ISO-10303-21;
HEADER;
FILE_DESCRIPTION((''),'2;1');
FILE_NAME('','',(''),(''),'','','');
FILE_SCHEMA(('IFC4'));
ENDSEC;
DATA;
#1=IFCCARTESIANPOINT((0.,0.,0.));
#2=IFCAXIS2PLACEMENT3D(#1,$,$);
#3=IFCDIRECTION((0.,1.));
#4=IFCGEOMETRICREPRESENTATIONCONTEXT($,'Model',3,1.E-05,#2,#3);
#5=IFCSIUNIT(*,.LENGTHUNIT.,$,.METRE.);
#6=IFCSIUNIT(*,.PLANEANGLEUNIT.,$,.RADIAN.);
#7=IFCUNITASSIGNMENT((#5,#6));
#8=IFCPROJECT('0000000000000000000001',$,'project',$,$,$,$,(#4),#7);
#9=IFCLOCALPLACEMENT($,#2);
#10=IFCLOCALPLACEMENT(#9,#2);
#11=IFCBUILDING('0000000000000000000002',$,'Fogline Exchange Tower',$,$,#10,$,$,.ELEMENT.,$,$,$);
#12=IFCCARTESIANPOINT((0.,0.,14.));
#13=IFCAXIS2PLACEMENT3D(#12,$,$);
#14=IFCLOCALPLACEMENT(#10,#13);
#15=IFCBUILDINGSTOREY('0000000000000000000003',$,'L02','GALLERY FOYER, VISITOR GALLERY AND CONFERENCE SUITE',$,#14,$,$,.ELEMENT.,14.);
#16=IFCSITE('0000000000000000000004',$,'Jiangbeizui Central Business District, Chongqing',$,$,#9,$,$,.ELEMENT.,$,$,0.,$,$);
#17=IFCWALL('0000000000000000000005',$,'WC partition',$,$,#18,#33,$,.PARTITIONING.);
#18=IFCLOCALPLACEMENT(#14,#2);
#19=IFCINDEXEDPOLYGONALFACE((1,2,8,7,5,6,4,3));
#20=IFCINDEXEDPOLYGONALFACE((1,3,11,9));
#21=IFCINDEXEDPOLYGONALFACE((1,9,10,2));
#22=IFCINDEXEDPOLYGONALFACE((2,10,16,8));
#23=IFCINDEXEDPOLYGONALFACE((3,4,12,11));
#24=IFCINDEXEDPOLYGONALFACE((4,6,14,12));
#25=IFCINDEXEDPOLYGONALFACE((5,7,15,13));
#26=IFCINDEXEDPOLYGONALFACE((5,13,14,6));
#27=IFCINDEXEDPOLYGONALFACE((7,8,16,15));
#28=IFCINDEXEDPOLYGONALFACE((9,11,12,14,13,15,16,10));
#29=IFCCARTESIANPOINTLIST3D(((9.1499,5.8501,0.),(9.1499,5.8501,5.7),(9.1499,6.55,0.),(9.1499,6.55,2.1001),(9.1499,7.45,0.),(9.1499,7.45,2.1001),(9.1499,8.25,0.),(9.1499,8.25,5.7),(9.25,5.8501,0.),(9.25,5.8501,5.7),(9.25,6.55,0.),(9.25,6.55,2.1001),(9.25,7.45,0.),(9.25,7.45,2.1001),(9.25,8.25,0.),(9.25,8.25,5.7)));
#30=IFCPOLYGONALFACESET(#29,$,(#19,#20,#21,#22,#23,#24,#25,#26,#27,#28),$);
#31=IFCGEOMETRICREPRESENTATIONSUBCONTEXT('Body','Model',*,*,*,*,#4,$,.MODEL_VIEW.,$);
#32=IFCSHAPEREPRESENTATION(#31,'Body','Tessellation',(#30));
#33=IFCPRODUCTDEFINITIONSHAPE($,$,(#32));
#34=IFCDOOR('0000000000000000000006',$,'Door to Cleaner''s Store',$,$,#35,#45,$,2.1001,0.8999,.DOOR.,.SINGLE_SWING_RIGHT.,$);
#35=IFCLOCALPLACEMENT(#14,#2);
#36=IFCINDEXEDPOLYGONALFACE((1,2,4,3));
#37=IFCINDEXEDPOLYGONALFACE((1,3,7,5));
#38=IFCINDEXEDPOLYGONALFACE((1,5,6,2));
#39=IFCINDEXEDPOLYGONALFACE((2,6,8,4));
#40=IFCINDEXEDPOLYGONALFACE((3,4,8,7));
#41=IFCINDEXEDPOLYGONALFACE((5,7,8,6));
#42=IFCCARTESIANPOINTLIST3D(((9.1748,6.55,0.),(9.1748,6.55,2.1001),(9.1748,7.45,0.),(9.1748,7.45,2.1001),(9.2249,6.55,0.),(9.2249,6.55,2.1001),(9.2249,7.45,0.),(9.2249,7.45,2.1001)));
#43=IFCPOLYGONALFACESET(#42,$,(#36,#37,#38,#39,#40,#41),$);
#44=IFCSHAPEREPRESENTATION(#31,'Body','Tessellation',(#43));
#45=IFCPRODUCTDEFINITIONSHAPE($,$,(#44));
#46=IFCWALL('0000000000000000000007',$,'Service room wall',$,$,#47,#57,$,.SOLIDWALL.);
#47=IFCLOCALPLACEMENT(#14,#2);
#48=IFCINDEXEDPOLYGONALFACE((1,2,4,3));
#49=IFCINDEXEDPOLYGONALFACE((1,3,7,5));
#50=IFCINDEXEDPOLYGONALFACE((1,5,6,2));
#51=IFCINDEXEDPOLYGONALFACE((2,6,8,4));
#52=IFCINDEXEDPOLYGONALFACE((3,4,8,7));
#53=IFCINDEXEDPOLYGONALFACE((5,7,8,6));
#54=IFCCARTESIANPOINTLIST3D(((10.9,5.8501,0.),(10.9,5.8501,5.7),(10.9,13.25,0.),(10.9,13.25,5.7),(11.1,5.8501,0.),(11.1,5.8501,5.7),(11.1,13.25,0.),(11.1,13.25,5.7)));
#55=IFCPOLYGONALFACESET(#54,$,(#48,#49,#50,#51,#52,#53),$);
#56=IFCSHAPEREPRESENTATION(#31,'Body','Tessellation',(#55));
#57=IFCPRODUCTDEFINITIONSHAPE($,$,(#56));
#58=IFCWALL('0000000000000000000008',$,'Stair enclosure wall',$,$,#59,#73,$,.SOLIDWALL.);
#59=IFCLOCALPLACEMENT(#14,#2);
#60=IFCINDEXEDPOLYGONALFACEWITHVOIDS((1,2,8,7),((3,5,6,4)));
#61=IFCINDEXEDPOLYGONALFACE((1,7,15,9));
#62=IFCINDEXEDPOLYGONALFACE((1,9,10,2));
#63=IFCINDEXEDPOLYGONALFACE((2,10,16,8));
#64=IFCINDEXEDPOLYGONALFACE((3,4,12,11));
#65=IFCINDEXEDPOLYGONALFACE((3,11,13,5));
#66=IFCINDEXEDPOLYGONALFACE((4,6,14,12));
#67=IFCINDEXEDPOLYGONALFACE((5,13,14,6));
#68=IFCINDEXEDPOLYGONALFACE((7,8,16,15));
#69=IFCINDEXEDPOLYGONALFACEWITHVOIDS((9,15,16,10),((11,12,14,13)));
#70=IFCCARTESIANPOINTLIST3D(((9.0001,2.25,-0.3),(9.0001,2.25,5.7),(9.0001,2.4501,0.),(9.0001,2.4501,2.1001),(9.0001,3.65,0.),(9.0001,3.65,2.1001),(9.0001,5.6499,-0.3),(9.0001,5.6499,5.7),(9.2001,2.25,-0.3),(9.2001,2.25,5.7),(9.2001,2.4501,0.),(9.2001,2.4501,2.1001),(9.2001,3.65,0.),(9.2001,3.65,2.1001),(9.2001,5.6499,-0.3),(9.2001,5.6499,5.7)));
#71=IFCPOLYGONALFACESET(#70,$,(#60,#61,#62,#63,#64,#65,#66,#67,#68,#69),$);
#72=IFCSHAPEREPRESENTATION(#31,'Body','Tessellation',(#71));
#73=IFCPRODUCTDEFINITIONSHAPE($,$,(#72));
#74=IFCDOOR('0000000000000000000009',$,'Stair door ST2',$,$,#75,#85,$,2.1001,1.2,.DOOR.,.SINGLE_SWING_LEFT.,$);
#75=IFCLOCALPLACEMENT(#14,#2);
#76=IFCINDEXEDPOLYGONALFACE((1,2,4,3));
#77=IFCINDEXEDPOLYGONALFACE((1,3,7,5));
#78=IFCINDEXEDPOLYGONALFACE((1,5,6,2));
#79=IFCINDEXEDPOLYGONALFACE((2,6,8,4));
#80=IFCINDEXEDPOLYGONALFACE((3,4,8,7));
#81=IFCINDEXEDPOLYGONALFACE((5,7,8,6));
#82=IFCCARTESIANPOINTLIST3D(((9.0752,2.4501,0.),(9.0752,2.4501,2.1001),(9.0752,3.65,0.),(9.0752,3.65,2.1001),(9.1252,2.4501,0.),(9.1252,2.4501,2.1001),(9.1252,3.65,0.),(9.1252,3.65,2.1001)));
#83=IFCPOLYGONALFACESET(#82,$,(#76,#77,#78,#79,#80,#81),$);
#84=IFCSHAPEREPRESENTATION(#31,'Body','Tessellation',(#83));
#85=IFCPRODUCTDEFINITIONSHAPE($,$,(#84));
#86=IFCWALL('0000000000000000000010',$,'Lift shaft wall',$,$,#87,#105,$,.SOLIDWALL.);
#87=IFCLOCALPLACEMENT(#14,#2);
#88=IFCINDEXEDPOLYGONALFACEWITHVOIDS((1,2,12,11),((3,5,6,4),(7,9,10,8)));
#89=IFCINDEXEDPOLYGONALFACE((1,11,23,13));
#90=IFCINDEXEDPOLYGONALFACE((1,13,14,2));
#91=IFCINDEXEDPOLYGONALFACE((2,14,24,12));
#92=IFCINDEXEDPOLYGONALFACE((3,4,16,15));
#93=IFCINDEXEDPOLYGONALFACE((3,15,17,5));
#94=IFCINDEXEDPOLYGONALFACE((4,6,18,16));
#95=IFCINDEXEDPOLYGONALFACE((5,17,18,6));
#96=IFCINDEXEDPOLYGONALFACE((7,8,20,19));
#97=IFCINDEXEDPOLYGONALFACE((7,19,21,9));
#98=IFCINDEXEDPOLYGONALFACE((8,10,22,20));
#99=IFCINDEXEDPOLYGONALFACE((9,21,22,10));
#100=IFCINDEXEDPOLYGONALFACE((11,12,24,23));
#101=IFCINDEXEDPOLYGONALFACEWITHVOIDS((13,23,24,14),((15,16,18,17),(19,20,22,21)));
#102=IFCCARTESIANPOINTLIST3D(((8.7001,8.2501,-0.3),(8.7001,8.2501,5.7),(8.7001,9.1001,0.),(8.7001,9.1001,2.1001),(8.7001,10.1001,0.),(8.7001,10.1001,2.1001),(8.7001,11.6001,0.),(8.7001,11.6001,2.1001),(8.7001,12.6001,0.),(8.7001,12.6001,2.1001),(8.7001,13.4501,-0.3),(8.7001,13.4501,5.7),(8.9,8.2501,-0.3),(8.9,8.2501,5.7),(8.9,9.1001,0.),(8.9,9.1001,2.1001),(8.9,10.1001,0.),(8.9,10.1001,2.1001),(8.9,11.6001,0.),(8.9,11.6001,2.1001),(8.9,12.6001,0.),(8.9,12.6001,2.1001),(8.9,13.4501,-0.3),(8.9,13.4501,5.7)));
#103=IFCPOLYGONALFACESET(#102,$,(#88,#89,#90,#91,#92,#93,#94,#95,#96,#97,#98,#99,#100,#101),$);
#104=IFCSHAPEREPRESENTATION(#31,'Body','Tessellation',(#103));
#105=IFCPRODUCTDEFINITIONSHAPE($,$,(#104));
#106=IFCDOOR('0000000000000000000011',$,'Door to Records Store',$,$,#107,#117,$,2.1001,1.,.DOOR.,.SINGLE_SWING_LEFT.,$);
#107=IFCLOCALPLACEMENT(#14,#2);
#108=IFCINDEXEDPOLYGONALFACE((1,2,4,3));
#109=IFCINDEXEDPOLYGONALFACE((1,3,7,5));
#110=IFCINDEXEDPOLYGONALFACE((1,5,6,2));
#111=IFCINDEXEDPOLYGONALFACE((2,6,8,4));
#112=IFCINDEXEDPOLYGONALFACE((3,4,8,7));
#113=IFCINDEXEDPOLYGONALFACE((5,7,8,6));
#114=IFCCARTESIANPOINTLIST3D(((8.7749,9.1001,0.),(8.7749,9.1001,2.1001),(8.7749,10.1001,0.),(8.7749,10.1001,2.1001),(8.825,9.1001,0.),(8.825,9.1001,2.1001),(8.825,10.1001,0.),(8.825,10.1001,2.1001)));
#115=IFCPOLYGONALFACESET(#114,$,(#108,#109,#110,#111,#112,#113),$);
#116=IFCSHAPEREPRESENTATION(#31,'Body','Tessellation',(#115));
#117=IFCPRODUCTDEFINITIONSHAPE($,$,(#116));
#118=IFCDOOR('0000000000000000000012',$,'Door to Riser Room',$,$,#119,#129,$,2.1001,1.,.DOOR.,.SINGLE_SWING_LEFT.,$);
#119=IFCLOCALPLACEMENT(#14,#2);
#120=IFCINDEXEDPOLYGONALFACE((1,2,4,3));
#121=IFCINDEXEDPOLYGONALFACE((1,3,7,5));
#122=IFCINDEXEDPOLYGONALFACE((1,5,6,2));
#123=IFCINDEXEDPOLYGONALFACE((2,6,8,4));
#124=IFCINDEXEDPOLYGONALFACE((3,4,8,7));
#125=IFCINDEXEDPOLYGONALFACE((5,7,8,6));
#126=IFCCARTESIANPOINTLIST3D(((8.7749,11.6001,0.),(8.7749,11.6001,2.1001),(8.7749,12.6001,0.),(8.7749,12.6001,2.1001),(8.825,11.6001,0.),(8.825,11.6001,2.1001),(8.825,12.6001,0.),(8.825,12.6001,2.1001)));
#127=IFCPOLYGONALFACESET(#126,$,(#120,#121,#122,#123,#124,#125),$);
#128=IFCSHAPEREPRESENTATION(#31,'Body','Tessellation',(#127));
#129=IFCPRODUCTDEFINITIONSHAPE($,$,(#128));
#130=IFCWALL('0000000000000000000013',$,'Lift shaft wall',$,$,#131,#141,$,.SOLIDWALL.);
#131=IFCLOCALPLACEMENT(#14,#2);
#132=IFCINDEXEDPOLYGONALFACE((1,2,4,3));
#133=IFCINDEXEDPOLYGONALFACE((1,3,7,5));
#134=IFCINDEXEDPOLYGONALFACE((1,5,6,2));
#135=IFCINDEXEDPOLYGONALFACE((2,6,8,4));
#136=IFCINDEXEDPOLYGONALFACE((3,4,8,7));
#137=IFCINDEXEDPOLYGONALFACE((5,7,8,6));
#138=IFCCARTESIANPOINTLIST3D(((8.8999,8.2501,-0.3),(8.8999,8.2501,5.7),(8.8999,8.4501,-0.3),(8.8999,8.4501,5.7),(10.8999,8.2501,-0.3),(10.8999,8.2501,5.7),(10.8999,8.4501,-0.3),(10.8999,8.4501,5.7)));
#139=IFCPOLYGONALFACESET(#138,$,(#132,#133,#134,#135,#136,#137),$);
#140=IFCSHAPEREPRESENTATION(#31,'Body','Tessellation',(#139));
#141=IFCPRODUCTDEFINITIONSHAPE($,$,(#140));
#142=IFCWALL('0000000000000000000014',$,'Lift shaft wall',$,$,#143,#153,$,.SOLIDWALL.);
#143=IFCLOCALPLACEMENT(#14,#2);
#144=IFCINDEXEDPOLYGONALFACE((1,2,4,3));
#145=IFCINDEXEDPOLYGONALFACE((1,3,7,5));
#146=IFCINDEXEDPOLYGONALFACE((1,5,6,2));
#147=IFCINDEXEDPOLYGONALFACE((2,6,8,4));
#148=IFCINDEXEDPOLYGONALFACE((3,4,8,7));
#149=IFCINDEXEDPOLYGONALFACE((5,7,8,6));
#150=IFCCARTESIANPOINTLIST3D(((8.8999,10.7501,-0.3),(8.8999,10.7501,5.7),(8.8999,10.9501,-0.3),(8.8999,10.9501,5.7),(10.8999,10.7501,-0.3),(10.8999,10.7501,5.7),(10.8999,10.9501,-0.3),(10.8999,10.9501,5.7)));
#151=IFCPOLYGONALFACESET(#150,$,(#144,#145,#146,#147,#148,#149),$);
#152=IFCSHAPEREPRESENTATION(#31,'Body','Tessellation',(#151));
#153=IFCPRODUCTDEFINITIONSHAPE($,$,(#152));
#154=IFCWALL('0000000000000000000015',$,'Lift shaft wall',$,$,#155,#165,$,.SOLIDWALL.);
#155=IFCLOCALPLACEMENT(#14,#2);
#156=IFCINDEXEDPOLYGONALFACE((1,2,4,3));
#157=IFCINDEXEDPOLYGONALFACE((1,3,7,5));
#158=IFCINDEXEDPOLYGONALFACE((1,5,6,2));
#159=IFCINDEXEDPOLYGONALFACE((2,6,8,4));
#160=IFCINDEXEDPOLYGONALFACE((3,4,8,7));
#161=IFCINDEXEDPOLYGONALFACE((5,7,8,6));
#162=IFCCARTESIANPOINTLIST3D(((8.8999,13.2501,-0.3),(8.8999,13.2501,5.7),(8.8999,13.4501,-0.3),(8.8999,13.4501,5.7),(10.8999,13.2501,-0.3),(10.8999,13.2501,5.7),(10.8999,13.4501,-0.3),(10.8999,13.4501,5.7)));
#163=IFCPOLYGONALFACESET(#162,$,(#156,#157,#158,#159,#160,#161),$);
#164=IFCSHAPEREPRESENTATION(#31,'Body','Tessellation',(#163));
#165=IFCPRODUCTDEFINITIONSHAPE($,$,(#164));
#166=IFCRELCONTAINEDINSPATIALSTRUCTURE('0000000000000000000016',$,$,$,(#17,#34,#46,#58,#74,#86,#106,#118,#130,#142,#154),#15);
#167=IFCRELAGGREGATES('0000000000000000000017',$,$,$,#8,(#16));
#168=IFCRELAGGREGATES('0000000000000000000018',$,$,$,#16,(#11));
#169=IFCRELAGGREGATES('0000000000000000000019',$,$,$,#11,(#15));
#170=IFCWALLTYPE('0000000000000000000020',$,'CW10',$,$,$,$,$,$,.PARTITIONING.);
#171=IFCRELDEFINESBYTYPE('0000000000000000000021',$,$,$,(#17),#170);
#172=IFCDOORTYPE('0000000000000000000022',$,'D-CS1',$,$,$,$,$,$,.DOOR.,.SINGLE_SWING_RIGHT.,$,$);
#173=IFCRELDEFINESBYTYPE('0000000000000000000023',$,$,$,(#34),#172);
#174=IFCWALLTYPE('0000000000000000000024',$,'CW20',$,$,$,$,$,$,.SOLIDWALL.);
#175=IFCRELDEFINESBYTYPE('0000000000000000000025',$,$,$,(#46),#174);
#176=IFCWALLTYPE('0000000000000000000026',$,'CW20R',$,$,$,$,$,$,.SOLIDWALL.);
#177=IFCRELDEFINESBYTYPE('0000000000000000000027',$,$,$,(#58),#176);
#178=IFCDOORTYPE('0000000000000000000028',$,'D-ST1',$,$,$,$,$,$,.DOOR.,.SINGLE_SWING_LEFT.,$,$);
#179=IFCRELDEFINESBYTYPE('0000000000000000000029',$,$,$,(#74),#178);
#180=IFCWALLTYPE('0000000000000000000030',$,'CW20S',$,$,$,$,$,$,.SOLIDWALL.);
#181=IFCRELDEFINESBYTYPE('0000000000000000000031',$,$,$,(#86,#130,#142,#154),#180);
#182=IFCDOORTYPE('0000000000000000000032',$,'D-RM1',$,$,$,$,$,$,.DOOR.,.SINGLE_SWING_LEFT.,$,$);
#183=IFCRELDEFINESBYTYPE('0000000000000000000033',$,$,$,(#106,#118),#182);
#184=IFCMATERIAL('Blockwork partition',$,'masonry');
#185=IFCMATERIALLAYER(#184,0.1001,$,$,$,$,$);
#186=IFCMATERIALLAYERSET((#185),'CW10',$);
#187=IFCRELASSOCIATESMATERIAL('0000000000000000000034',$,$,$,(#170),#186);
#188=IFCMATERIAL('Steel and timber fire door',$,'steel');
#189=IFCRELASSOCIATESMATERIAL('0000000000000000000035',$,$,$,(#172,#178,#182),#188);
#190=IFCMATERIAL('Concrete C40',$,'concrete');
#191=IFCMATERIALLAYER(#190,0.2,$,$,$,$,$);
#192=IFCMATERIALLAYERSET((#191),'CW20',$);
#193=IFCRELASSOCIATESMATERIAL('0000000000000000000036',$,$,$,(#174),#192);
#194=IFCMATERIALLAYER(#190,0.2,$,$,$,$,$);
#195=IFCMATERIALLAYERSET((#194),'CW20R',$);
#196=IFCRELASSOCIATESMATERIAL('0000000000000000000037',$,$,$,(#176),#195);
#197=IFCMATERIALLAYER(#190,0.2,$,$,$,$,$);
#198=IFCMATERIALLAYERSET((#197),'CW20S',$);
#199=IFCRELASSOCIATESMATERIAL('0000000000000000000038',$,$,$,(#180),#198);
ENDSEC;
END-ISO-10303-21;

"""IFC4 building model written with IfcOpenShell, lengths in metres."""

from ifc_helpers import new_model, si_unit, direction, frame, frame_2d, origin, place, context, subcontext, project, spatial, rectangle, extrude, material, layer, layer_set, type_object, element, fill, save


model = new_model("IFC4")

# Units and contexts
model_context = context("Model", 3, precision=1e-05, world=origin(), true_north=direction((0.0, 1.0)))
body_context = subcontext(model_context, "Body", "Model", "MODEL_VIEW")
ifc_project = project(units=[si_unit("LENGTHUNIT", "METRE"), si_unit("PLANEANGLEUNIT", "RADIAN")], contexts=[model_context])

# Site, building, storey
site_placement = place(None, origin())
site = spatial("IfcSite", under=ifc_project, at=site_placement, Name="Jiangbeizui Central Business District, Chongqing", CompositionType="ELEMENT", RefElevation=0.0)
building_placement = place(site_placement, origin())
building = spatial("IfcBuilding", under=site, at=building_placement, Name="Fogline Exchange Tower", CompositionType="ELEMENT")
storey_placement = place(building_placement, frame((0.0, 0.0, 14.0)))
storey = spatial("IfcBuildingStorey", under=building, at=storey_placement, Name="L02", Description="GALLERY FOYER, VISITOR GALLERY AND CONFERENCE SUITE", CompositionType="ELEMENT", Elevation=14.0)

# Wall, opening, door
ifc_material_1 = material(Name="Blockwork partition", Category="masonry")
ifc_layer_1 = layer(ifc_material_1, 0.1001)
ifc_layer_set_1 = layer_set([ifc_layer_1], Name="CW10")
wall_type_1 = type_object("IfcWallType", Name="CW10", PredefinedType="PARTITIONING", material=ifc_layer_set_1)
wall_1_placement = place(storey_placement, frame((9.2, 5.8501, 0.0), z_axis=(0.0, 0.0, 1.0), x_axis=(0.0, 1.0, 0.0)))
wall_1 = element("IfcWall", 1, at=wall_1_placement, inside=storey, type_object=wall_type_1, Name="WC partition", PredefinedType="PARTITIONING", context=body_context, shape_type="SweptSolid", body=[
    extrude(rectangle(XDim=2.3999, YDim=0.1001, at=frame_2d((1.2, 0.0))), origin(), (0.0, 0.0, 1.0), 5.7),
])
opening_1_placement = place(wall_1_placement, frame((0.7, 0.0, 0.0)))
opening_1 = element("IfcOpeningElement", 2, at=opening_1_placement, cuts=wall_1, PredefinedType="OPENING", context=body_context, shape_type="SweptSolid", body=[
    extrude(rectangle(XDim=0.8999, YDim=2.1001, at=frame_2d((0.45, 1.05))), frame((0.0, 0.0601, 0.0), z_axis=(0.0, -1.0, 0.0), x_axis=(1.0, 0.0, 0.0)), (0.0, 0.0, 1.0), 0.1201),
])
ifc_material_2 = material(Name="Steel and timber fire door", Category="steel")
door_type_1 = type_object("IfcDoorType", Name="D-CS1", OperationType="SINGLE_SWING_RIGHT", PredefinedType="DOOR", material=ifc_material_2)
door_1_placement = place(opening_1_placement, frame((0.8999, 0.0, 0.0), z_axis=(0.0, 0.0, 1.0), x_axis=(-1.0, 0.0, 0.0)))
door_1 = element("IfcDoor", 3, at=door_1_placement, inside=storey, type_object=door_type_1, Name="Door to Cleaner's Store", OperationType="SINGLE_SWING_RIGHT", OverallHeight=2.1001, OverallWidth=0.8999, PredefinedType="DOOR", context=body_context, shape_type="SweptSolid", body=[
    extrude(rectangle(XDim=0.8999, YDim=2.1001, at=frame_2d((0.45, 1.05))), frame((0.0, 0.0249, 0.0), z_axis=(0.0, -1.0, 0.0), x_axis=(1.0, 0.0, 0.0)), (0.0, 0.0, 1.0), 0.05),
])
fill(opening_1, door_1)

# Wall
ifc_material_3 = material(Name="Concrete C40", Category="concrete")
ifc_layer_2 = layer(ifc_material_3, 0.2)
ifc_layer_set_2 = layer_set([ifc_layer_2], Name="CW20")
wall_type_2 = type_object("IfcWallType", Name="CW20", PredefinedType="SOLIDWALL", material=ifc_layer_set_2)
wall_2_placement = place(storey_placement, frame((11.0, 5.8501, 0.0), z_axis=(0.0, 0.0, 1.0), x_axis=(0.0, 1.0, 0.0)))
element("IfcWall", 4, at=wall_2_placement, inside=storey, type_object=wall_type_2, Name="Service room wall", PredefinedType="SOLIDWALL", context=body_context, shape_type="SweptSolid", body=[
    extrude(rectangle(XDim=7.3999, YDim=0.2, at=frame_2d((3.7, 0.0))), origin(), (0.0, 0.0, 1.0), 5.7),
])

# Wall, opening, door
ifc_layer_3 = layer(ifc_material_3, 0.2)
ifc_layer_set_3 = layer_set([ifc_layer_3], Name="CW20R")
wall_type_3 = type_object("IfcWallType", Name="CW20R", PredefinedType="SOLIDWALL", material=ifc_layer_set_3)
wall_3_placement = place(storey_placement, frame((9.1001, 2.25, -0.3), z_axis=(0.0, 0.0, 1.0), x_axis=(0.0, 1.0, 0.0)))
wall_3 = element("IfcWall", 5, at=wall_3_placement, inside=storey, type_object=wall_type_3, Name="Stair enclosure wall", PredefinedType="SOLIDWALL", context=body_context, shape_type="SweptSolid", body=[
    extrude(rectangle(XDim=3.3999, YDim=0.2, at=frame_2d((1.7, 0.0))), origin(), (0.0, 0.0, 1.0), 6.0),
])
opening_2_placement = place(wall_3_placement, frame((0.2, 0.0, 0.3)))
opening_2 = element("IfcOpeningElement", 6, at=opening_2_placement, cuts=wall_3, PredefinedType="OPENING", context=body_context, shape_type="SweptSolid", body=[
    extrude(rectangle(XDim=1.2, YDim=2.1001, at=frame_2d((0.6001, 1.05))), frame((0.0, 0.1099, 0.0), z_axis=(0.0, -1.0, 0.0), x_axis=(1.0, 0.0, 0.0)), (0.0, 0.0, 1.0), 0.22),
])
door_type_2 = type_object("IfcDoorType", Name="D-ST1", OperationType="SINGLE_SWING_LEFT", PredefinedType="DOOR", material=ifc_material_2)
door_2_placement = place(opening_2_placement, origin())
door_2 = element("IfcDoor", 7, at=door_2_placement, inside=storey, type_object=door_type_2, Name="Stair door ST2", OperationType="SINGLE_SWING_LEFT", OverallHeight=2.1001, OverallWidth=1.2, PredefinedType="DOOR", context=body_context, shape_type="SweptSolid", body=[
    extrude(rectangle(XDim=1.2, YDim=2.1001, at=frame_2d((0.6001, 1.05))), frame((0.0, 0.0249, 0.0), z_axis=(0.0, -1.0, 0.0), x_axis=(1.0, 0.0, 0.0)), (0.0, 0.0, 1.0), 0.05),
])
fill(opening_2, door_2)

# Wall, openings, doors
ifc_layer_4 = layer(ifc_material_3, 0.2)
ifc_layer_set_4 = layer_set([ifc_layer_4], Name="CW20S")
wall_type_4 = type_object("IfcWallType", Name="CW20S", PredefinedType="SOLIDWALL", material=ifc_layer_set_4)
wall_4_placement = place(storey_placement, frame((8.8, 8.25, -0.3), z_axis=(0.0, 0.0, 1.0), x_axis=(0.0, 1.0, 0.0)))
wall_4 = element("IfcWall", 8, at=wall_4_placement, inside=storey, type_object=wall_type_4, Name="Lift shaft wall", PredefinedType="SOLIDWALL", context=body_context, shape_type="SweptSolid", body=[
    extrude(rectangle(XDim=5.2, YDim=0.2, at=frame_2d((2.6001, 0.0))), origin(), (0.0, 0.0, 1.0), 6.0),
])
opening_3_placement = place(wall_4_placement, frame((0.8501, 0.0, 0.3)))
opening_3 = element("IfcOpeningElement", 9, at=opening_3_placement, cuts=wall_4, PredefinedType="OPENING", context=body_context, shape_type="SweptSolid", body=[
    extrude(rectangle(XDim=1.0, YDim=2.1001, at=frame_2d((0.5, 1.05))), frame((0.0, 0.1099, 0.0), z_axis=(0.0, -1.0, 0.0), x_axis=(1.0, 0.0, 0.0)), (0.0, 0.0, 1.0), 0.22),
])
opening_4_placement = place(wall_4_placement, frame((3.3501, 0.0, 0.3)))
opening_4 = element("IfcOpeningElement", 10, at=opening_4_placement, cuts=wall_4, PredefinedType="OPENING", context=body_context, shape_type="SweptSolid", body=[
    extrude(rectangle(XDim=1.0, YDim=2.1001, at=frame_2d((0.5, 1.05))), frame((0.0, 0.1099, 0.0), z_axis=(0.0, -1.0, 0.0), x_axis=(1.0, 0.0, 0.0)), (0.0, 0.0, 1.0), 0.22),
])
door_type_3 = type_object("IfcDoorType", Name="D-RM1", OperationType="SINGLE_SWING_LEFT", PredefinedType="DOOR", material=ifc_material_2)
door_3_placement = place(opening_3_placement, frame((1.0, 0.0, 0.0), z_axis=(0.0, 0.0, 1.0), x_axis=(-1.0, 0.0, 0.0)))
door_3 = element("IfcDoor", 11, at=door_3_placement, inside=storey, type_object=door_type_3, Name="Door to Records Store", OperationType="SINGLE_SWING_LEFT", OverallHeight=2.1001, OverallWidth=1.0, PredefinedType="DOOR", context=body_context, shape_type="SweptSolid", body=[
    extrude(rectangle(XDim=1.0, YDim=2.1001, at=frame_2d((0.5, 1.05))), frame((0.0, 0.0249, 0.0), z_axis=(0.0, -1.0, 0.0), x_axis=(1.0, 0.0, 0.0)), (0.0, 0.0, 1.0), 0.05),
])
fill(opening_3, door_3)
door_4_placement = place(opening_4_placement, frame((1.0, 0.0, 0.0), z_axis=(0.0, 0.0, 1.0), x_axis=(-1.0, 0.0, 0.0)))
door_4 = element("IfcDoor", 12, at=door_4_placement, inside=storey, type_object=door_type_3, Name="Door to Riser Room", OperationType="SINGLE_SWING_LEFT", OverallHeight=2.1001, OverallWidth=1.0, PredefinedType="DOOR", context=body_context, shape_type="SweptSolid", body=[
    extrude(rectangle(XDim=1.0, YDim=2.1001, at=frame_2d((0.5, 1.05))), frame((0.0, 0.0249, 0.0), z_axis=(0.0, -1.0, 0.0), x_axis=(1.0, 0.0, 0.0)), (0.0, 0.0, 1.0), 0.05),
])
fill(opening_4, door_4)

# Walls
for number, where, z_axis, x_axis, name in (
    (13, (8.8999, 8.3501, -0.3), (0.0, 0.0, 1.0), (1.0, 0.0, 0.0), "Lift shaft wall"),
    (14, (8.8999, 10.8501, -0.3), (0.0, 0.0, 1.0), (1.0, 0.0, 0.0), "Lift shaft wall"),
    (15, (8.8999, 13.3501, -0.3), (0.0, 0.0, 1.0), (1.0, 0.0, 0.0), "Lift shaft wall"),
):
    element("IfcWall", number, at=place(storey_placement, frame(where, z_axis=z_axis, x_axis=x_axis)), inside=storey, type_object=wall_type_4, Name=name, PredefinedType="SOLIDWALL", context=body_context, shape_type="SweptSolid", body=[
        extrude(rectangle(XDim=2.0, YDim=0.2, at=frame_2d((1.0, 0.0))), origin(), (0.0, 0.0, 1.0), 6.0),
    ])

save(model, "model.ifc")
